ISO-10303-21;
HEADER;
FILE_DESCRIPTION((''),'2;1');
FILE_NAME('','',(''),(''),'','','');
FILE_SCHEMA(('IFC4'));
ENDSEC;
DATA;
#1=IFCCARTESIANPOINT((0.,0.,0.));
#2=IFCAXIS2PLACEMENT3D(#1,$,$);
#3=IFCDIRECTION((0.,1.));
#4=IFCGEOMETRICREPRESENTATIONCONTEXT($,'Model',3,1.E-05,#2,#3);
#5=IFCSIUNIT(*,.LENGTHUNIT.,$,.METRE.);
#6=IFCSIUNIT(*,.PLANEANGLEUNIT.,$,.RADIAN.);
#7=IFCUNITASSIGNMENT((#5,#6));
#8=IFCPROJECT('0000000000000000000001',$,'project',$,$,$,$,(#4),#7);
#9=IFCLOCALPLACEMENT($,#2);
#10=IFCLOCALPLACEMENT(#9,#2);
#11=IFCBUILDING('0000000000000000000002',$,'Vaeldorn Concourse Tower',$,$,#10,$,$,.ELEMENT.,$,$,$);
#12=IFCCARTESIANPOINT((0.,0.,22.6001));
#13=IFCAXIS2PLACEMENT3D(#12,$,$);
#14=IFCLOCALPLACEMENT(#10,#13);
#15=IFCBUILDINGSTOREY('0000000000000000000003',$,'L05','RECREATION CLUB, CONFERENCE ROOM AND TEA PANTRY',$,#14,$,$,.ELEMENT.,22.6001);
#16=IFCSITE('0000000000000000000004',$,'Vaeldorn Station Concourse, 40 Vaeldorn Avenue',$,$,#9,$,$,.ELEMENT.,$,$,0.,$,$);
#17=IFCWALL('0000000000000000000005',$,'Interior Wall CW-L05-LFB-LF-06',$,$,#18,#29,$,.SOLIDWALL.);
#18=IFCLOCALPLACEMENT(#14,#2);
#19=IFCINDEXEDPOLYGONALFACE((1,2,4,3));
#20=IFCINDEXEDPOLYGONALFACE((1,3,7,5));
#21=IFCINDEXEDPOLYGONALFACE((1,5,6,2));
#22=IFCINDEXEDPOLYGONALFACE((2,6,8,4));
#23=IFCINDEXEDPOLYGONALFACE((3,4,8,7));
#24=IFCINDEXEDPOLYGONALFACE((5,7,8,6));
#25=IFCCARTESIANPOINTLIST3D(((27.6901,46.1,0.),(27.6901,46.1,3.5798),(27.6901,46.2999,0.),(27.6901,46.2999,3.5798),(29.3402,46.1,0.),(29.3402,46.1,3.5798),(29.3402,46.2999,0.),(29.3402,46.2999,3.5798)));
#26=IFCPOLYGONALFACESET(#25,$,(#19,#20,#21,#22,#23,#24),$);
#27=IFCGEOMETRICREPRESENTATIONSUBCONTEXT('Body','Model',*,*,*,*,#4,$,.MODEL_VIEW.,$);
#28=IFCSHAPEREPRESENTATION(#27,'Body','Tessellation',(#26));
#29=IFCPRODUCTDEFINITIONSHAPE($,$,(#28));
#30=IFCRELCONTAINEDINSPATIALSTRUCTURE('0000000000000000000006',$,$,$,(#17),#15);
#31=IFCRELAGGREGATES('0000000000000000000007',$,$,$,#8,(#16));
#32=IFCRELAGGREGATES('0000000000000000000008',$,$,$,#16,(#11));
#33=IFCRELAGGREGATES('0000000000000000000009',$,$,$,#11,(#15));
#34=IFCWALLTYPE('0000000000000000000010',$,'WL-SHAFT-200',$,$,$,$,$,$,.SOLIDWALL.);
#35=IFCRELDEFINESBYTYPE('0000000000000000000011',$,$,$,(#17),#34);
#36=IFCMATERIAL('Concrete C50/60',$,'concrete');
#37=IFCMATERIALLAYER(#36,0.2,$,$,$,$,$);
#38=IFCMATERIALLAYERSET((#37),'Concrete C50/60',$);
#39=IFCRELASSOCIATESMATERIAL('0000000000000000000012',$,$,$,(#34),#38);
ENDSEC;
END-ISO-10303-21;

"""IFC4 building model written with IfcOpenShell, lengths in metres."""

from ifc_helpers import new_model, si_unit, direction, frame, frame_2d, origin, place, context, subcontext, project, spatial, rectangle, extrude, material, layer, layer_set, type_object, element, save


model = new_model("IFC4")

# Units and contexts
model_context = context("Model", 3, precision=1e-05, world=origin(), true_north=direction((0.0, 1.0)))
body_context = subcontext(model_context, "Body", "Model", "MODEL_VIEW")
ifc_project = project(units=[si_unit("LENGTHUNIT", "METRE"), si_unit("PLANEANGLEUNIT", "RADIAN")], contexts=[model_context])

# Site, building, storey
site_placement = place(None, origin())
site = spatial("IfcSite", under=ifc_project, at=site_placement, Name="Vaeldorn Station Concourse, 40 Vaeldorn Avenue", CompositionType="ELEMENT", RefElevation=0.0)
building_placement = place(site_placement, origin())
building = spatial("IfcBuilding", under=site, at=building_placement, Name="Vaeldorn Concourse Tower", CompositionType="ELEMENT")
storey_placement = place(building_placement, frame((0.0, 0.0, 22.6001)))
storey = spatial("IfcBuildingStorey", under=building, at=storey_placement, Name="L05", Description="RECREATION CLUB, CONFERENCE ROOM AND TEA PANTRY", CompositionType="ELEMENT", Elevation=22.6001)

# Shared definitions
ifc_material_1 = material(Name="Concrete C50/60", Category="concrete")
ifc_layer_1 = layer(ifc_material_1, 0.2)
ifc_layer_set_1 = layer_set([ifc_layer_1], Name="Concrete C50/60")
wall_type_1 = type_object("IfcWallType", Name="WL-SHAFT-200", PredefinedType="SOLIDWALL", material=ifc_layer_set_1)

# Wall
wall_1_placement = place(storey_placement, frame((27.6899, 46.2, 0.0), z_axis=(0.0, 0.0, 1.0), x_axis=(1.0, 0.0, 0.0)))
element("IfcWall", 1, at=wall_1_placement, inside=storey, type_object=wall_type_1, Name="Interior Wall CW-L05-LFB-LF-06", PredefinedType="SOLIDWALL", context=body_context, shape_type="SweptSolid", body=[
    extrude(rectangle(XDim=1.6501, YDim=0.2, at=frame_2d((0.8252, 0.0))), origin(), (0.0, 0.0, 1.0), 3.5798),
])

save(model, "model.ifc")
